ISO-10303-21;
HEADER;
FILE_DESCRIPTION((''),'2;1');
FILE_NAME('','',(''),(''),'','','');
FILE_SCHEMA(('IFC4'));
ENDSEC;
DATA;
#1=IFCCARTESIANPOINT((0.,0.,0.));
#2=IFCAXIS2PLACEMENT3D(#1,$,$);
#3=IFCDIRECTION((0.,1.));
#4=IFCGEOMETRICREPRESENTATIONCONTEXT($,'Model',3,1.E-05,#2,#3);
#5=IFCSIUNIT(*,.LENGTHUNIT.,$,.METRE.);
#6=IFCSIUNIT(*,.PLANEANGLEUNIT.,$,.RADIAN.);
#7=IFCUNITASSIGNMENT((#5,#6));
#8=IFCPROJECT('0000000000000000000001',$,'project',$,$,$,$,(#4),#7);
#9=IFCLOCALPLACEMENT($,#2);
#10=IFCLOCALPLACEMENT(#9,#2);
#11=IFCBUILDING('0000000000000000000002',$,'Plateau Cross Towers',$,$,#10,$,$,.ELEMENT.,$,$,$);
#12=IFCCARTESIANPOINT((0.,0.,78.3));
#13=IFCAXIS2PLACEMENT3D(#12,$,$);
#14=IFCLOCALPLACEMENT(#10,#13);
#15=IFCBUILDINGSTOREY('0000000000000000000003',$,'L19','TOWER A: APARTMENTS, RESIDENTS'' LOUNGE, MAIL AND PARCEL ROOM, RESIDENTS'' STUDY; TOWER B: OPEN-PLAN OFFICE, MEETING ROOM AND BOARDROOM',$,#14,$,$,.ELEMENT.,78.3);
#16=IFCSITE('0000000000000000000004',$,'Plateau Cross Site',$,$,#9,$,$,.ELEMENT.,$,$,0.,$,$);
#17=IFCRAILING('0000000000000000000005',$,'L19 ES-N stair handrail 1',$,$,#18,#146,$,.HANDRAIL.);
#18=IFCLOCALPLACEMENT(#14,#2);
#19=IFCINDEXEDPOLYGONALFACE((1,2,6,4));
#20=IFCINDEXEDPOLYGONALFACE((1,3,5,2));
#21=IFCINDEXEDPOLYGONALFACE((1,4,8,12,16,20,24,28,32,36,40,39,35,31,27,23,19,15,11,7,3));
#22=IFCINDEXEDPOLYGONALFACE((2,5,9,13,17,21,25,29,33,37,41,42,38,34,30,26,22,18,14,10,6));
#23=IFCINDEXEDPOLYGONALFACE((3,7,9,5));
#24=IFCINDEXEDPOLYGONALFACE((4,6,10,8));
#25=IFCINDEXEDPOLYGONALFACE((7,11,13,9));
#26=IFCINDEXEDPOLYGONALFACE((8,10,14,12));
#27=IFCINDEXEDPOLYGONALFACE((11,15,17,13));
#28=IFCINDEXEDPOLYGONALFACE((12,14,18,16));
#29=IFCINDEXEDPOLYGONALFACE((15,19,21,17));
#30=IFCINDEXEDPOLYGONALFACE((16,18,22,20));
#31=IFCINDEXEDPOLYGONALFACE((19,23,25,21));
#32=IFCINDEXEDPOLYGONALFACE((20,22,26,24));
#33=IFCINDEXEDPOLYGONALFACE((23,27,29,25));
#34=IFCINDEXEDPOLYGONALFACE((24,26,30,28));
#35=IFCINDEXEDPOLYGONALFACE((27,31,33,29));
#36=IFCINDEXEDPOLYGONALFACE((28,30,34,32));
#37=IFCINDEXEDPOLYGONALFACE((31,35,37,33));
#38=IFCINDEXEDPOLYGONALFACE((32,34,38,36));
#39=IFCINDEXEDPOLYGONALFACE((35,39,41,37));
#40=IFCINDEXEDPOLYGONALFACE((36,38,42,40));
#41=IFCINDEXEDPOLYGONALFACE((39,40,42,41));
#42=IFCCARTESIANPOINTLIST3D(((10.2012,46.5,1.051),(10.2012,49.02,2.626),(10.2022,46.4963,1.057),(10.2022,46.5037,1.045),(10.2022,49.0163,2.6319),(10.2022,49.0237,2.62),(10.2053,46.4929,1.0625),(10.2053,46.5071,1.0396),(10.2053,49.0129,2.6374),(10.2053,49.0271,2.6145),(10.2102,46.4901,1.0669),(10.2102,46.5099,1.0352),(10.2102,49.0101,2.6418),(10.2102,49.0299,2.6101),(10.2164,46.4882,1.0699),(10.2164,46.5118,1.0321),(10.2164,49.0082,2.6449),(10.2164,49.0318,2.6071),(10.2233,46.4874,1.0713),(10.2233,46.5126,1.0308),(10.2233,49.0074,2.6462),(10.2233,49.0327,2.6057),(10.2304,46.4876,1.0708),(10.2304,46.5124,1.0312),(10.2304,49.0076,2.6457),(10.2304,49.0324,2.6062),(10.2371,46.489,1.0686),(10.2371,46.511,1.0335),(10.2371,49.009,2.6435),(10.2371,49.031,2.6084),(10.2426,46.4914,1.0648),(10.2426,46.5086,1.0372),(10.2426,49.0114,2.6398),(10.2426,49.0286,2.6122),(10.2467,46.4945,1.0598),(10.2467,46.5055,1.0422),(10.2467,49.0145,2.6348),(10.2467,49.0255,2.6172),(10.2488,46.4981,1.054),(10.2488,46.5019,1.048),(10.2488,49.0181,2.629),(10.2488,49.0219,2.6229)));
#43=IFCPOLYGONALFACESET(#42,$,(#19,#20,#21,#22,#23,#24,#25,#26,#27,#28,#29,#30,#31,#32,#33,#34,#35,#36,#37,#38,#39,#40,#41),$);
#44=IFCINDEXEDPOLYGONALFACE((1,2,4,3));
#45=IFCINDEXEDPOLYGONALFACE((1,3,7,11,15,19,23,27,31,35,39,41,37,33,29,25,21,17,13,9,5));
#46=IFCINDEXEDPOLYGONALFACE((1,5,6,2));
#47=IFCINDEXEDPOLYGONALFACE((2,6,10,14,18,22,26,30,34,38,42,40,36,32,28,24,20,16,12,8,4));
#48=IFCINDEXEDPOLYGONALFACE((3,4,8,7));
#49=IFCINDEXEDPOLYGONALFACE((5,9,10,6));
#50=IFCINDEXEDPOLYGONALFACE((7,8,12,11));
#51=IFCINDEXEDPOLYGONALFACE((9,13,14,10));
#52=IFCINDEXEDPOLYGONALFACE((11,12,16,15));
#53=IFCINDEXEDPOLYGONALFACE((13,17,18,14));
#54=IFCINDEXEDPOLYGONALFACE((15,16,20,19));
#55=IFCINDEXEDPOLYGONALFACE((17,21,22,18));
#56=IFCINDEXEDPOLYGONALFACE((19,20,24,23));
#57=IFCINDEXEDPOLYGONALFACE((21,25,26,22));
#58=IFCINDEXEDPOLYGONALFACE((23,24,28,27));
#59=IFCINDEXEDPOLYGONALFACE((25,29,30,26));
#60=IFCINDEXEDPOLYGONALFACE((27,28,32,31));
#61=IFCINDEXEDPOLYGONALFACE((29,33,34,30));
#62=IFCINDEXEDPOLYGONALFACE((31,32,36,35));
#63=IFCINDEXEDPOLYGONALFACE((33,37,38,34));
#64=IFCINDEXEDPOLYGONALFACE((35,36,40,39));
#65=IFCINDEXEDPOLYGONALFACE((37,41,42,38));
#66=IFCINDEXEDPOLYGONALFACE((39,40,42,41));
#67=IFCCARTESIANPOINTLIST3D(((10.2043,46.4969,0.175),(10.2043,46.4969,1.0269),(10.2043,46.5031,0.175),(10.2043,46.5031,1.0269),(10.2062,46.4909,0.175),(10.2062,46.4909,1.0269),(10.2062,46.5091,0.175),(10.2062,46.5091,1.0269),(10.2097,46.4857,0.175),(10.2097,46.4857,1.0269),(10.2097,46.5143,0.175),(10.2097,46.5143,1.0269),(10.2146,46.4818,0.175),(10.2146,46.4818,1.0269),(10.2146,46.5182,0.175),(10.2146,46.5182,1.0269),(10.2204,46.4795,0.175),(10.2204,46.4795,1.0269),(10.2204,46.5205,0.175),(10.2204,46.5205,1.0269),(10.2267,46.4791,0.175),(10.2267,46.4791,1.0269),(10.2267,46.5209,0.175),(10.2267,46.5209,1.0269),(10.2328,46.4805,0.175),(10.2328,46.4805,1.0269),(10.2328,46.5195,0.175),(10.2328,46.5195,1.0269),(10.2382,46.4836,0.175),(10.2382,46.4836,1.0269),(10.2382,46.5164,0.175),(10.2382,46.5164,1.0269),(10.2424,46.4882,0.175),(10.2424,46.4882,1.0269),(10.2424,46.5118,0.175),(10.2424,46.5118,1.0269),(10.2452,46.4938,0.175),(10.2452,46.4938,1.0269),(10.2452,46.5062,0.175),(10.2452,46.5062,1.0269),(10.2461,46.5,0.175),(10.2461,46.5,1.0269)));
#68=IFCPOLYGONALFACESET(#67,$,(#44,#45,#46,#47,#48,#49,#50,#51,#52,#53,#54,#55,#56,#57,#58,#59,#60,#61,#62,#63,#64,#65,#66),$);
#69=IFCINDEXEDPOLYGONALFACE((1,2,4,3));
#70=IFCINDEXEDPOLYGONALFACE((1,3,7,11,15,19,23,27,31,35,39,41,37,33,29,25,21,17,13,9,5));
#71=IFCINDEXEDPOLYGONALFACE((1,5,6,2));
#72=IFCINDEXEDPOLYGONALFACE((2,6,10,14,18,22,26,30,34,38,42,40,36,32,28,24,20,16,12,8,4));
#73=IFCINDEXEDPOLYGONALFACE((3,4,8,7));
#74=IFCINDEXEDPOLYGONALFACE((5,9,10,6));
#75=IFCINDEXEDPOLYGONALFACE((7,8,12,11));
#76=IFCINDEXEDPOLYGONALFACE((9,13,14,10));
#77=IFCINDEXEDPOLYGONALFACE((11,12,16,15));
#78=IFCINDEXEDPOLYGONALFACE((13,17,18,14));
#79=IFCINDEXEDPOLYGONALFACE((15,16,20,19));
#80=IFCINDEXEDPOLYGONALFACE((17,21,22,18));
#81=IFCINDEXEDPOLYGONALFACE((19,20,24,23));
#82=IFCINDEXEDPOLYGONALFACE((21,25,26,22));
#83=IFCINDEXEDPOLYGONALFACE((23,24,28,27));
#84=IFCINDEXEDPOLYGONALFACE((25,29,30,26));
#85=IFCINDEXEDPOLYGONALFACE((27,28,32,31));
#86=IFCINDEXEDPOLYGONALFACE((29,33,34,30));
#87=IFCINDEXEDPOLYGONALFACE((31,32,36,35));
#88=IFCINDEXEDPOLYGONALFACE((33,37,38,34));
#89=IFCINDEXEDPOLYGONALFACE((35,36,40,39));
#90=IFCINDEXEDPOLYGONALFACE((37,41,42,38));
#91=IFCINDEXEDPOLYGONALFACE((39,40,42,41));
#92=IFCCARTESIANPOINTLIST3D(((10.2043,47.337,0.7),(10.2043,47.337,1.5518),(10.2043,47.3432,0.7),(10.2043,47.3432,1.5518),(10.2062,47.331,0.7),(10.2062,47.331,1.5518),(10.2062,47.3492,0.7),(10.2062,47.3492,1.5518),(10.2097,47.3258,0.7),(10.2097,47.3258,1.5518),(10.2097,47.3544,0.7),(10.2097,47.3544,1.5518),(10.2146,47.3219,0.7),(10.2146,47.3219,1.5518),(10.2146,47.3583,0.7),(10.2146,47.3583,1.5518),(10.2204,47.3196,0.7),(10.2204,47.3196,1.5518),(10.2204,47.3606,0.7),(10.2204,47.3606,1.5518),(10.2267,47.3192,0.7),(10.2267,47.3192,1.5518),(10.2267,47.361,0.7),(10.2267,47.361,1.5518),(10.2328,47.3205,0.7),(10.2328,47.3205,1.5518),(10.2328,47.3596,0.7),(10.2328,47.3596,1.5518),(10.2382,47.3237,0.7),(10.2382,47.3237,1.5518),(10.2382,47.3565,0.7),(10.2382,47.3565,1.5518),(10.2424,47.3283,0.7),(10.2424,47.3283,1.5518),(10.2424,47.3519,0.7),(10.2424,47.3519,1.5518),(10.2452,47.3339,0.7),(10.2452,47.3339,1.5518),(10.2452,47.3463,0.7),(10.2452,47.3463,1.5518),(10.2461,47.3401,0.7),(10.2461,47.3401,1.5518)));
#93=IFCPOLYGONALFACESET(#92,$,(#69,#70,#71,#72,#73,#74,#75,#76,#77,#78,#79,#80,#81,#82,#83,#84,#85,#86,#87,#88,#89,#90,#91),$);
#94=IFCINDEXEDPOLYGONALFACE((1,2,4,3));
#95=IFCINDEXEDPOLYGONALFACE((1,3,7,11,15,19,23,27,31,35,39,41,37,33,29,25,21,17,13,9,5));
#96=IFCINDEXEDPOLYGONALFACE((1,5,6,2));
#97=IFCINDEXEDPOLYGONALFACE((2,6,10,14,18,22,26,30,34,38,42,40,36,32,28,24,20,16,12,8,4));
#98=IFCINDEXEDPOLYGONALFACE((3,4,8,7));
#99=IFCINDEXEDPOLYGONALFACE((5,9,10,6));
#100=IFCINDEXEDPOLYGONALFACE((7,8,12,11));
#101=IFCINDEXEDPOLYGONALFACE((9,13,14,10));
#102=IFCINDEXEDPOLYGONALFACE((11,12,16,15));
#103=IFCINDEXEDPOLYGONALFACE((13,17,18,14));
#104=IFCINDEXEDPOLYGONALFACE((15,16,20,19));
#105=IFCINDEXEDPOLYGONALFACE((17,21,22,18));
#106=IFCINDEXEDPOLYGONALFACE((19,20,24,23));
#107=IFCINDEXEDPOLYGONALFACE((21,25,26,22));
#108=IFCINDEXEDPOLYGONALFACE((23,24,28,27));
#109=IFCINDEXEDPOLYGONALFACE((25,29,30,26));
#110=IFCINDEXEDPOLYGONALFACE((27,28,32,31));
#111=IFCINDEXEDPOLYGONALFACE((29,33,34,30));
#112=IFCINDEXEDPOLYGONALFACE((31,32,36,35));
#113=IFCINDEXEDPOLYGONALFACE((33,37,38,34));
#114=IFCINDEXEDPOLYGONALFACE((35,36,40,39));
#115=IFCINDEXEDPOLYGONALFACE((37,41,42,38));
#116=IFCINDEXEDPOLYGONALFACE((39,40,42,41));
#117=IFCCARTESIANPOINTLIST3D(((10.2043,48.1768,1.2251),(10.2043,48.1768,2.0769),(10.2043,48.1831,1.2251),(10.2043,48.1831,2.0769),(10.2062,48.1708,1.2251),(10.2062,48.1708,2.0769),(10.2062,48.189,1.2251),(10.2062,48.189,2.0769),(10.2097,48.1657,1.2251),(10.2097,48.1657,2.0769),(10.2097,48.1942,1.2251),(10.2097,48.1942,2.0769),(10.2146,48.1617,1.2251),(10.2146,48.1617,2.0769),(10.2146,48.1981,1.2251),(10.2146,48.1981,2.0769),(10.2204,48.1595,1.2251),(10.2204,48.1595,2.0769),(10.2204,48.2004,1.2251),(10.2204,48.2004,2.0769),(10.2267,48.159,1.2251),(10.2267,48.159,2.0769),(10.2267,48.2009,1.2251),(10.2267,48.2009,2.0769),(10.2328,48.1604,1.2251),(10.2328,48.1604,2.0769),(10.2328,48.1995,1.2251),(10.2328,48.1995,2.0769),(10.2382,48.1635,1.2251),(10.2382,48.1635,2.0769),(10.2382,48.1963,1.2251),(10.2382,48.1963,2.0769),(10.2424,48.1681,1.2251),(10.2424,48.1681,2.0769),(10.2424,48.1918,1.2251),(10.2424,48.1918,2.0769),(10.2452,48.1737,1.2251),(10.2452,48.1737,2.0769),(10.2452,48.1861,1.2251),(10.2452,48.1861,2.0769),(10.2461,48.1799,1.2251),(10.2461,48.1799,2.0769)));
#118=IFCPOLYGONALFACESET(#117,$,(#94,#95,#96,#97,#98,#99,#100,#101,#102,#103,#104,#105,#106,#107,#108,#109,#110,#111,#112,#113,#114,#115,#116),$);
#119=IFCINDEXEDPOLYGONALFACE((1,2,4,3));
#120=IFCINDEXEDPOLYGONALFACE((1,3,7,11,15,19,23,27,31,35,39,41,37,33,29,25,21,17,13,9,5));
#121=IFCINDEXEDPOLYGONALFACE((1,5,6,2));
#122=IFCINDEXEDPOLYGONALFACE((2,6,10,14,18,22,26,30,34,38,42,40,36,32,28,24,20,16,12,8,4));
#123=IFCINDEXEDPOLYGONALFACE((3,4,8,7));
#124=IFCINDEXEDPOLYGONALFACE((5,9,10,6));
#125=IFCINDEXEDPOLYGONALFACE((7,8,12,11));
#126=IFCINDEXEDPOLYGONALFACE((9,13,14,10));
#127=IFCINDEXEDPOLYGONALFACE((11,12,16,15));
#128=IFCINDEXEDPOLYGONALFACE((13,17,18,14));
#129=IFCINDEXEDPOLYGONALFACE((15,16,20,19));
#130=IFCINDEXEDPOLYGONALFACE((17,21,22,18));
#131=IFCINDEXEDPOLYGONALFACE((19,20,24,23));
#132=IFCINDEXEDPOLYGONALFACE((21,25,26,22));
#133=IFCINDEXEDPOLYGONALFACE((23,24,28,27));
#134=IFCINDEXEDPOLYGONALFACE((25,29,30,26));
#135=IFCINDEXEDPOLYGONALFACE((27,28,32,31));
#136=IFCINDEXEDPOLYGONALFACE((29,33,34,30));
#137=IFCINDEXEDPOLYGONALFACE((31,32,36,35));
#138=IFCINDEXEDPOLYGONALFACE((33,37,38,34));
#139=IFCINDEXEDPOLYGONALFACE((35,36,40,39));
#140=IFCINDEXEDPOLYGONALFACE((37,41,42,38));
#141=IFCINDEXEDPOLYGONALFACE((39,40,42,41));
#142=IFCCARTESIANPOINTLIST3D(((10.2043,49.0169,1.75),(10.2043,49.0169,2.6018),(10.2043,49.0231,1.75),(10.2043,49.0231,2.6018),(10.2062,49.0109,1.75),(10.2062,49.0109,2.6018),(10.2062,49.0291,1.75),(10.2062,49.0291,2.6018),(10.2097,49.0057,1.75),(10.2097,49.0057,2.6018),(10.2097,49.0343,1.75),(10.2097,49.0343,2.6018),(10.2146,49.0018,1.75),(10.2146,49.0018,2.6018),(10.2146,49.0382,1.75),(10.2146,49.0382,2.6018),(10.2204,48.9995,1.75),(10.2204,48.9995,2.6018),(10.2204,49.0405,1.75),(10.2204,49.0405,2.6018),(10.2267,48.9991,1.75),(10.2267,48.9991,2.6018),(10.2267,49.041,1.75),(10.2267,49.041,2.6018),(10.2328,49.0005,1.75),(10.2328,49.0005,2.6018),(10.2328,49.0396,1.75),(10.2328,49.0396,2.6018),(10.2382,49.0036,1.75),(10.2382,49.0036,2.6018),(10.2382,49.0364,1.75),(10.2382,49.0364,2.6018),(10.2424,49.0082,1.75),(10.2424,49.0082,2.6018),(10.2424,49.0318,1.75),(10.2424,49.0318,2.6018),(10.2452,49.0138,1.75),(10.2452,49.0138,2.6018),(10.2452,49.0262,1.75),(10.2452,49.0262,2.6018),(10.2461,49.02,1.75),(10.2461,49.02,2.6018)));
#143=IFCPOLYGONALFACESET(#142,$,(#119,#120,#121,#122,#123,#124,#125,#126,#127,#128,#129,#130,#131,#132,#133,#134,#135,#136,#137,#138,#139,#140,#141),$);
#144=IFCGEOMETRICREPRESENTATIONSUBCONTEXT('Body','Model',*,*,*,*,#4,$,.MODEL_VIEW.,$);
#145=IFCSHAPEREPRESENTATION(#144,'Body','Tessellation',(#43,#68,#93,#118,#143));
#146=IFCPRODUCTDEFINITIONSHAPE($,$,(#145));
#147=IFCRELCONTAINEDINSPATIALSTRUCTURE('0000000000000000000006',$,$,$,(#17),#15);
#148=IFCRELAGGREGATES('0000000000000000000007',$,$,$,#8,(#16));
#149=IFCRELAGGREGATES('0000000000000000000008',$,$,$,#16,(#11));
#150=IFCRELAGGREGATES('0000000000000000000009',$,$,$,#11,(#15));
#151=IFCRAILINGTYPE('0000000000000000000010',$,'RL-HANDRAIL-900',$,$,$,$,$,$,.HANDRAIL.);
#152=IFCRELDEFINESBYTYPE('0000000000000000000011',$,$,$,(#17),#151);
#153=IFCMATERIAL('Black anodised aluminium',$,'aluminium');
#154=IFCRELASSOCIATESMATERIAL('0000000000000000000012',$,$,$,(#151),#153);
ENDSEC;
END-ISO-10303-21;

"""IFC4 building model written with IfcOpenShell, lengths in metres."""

from ifc_helpers import new_model, si_unit, direction, frame, origin, origin_2d, place, context, subcontext, project, spatial, circle, extrude, material, type_object, element, save


model = new_model("IFC4")

# Units and contexts
model_context = context("Model", 3, precision=1e-05, world=origin(), true_north=direction((0.0, 1.0)))
body_context = subcontext(model_context, "Body", "Model", "MODEL_VIEW")
ifc_project = project(units=[si_unit("LENGTHUNIT", "METRE"), si_unit("PLANEANGLEUNIT", "RADIAN")], contexts=[model_context])

# Site, building, storey
site_placement = place(None, origin())
site = spatial("IfcSite", under=ifc_project, at=site_placement, Name="Plateau Cross Site", CompositionType="ELEMENT", RefElevation=0.0)
building_placement = place(site_placement, origin())
building = spatial("IfcBuilding", under=site, at=building_placement, Name="Plateau Cross Towers", CompositionType="ELEMENT")
storey_placement = place(building_placement, frame((0.0, 0.0, 78.3)))
storey = spatial("IfcBuildingStorey", under=building, at=storey_placement, Name="L19", Description="TOWER A: APARTMENTS, RESIDENTS' LOUNGE, MAIL AND PARCEL ROOM, RESIDENTS' STUDY; TOWER B: OPEN-PLAN OFFICE, MEETING ROOM AND BOARDROOM", CompositionType="ELEMENT", Elevation=78.3)

# Shared definitions
ifc_material_1 = material(Name="Black anodised aluminium", Category="aluminium")

# Railing
railing_type_1 = type_object("IfcRailingType", Name="RL-HANDRAIL-900", PredefinedType="HANDRAIL", material=ifc_material_1)
railing_1_placement = place(storey_placement, frame((10.2251, 46.5, 0.175)))
element("IfcRailing", 1, at=railing_1_placement, inside=storey, type_object=railing_type_1, Name="L19 ES-N stair handrail 1", PredefinedType="HANDRAIL", context=body_context, shape_type="SweptSolid", body=[
    extrude(circle(Radius=0.0239, at=origin_2d()), frame((0.0, 0.0, 0.876), z_axis=(0.0, 0.848008, 0.529984), x_axis=(-1.0, 0.0, 0.0)), (0.0, 0.0, 1.0), 2.9717),
    extrude(circle(Radius=0.021, at=origin_2d()), origin(), (0.0, 0.0, 1.0), 0.8518),
    extrude(circle(Radius=0.021, at=origin_2d()), frame((0.0, 0.8401, 0.5249)), (0.0, 0.0, 1.0), 0.8518),
    extrude(circle(Radius=0.021, at=origin_2d()), frame((0.0, 1.6799, 1.05)), (0.0, 0.0, 1.0), 0.8518),
    extrude(circle(Radius=0.021, at=origin_2d()), frame((0.0, 2.52, 1.575)), (0.0, 0.0, 1.0), 0.8518),
])

save(model, "model.ifc")
